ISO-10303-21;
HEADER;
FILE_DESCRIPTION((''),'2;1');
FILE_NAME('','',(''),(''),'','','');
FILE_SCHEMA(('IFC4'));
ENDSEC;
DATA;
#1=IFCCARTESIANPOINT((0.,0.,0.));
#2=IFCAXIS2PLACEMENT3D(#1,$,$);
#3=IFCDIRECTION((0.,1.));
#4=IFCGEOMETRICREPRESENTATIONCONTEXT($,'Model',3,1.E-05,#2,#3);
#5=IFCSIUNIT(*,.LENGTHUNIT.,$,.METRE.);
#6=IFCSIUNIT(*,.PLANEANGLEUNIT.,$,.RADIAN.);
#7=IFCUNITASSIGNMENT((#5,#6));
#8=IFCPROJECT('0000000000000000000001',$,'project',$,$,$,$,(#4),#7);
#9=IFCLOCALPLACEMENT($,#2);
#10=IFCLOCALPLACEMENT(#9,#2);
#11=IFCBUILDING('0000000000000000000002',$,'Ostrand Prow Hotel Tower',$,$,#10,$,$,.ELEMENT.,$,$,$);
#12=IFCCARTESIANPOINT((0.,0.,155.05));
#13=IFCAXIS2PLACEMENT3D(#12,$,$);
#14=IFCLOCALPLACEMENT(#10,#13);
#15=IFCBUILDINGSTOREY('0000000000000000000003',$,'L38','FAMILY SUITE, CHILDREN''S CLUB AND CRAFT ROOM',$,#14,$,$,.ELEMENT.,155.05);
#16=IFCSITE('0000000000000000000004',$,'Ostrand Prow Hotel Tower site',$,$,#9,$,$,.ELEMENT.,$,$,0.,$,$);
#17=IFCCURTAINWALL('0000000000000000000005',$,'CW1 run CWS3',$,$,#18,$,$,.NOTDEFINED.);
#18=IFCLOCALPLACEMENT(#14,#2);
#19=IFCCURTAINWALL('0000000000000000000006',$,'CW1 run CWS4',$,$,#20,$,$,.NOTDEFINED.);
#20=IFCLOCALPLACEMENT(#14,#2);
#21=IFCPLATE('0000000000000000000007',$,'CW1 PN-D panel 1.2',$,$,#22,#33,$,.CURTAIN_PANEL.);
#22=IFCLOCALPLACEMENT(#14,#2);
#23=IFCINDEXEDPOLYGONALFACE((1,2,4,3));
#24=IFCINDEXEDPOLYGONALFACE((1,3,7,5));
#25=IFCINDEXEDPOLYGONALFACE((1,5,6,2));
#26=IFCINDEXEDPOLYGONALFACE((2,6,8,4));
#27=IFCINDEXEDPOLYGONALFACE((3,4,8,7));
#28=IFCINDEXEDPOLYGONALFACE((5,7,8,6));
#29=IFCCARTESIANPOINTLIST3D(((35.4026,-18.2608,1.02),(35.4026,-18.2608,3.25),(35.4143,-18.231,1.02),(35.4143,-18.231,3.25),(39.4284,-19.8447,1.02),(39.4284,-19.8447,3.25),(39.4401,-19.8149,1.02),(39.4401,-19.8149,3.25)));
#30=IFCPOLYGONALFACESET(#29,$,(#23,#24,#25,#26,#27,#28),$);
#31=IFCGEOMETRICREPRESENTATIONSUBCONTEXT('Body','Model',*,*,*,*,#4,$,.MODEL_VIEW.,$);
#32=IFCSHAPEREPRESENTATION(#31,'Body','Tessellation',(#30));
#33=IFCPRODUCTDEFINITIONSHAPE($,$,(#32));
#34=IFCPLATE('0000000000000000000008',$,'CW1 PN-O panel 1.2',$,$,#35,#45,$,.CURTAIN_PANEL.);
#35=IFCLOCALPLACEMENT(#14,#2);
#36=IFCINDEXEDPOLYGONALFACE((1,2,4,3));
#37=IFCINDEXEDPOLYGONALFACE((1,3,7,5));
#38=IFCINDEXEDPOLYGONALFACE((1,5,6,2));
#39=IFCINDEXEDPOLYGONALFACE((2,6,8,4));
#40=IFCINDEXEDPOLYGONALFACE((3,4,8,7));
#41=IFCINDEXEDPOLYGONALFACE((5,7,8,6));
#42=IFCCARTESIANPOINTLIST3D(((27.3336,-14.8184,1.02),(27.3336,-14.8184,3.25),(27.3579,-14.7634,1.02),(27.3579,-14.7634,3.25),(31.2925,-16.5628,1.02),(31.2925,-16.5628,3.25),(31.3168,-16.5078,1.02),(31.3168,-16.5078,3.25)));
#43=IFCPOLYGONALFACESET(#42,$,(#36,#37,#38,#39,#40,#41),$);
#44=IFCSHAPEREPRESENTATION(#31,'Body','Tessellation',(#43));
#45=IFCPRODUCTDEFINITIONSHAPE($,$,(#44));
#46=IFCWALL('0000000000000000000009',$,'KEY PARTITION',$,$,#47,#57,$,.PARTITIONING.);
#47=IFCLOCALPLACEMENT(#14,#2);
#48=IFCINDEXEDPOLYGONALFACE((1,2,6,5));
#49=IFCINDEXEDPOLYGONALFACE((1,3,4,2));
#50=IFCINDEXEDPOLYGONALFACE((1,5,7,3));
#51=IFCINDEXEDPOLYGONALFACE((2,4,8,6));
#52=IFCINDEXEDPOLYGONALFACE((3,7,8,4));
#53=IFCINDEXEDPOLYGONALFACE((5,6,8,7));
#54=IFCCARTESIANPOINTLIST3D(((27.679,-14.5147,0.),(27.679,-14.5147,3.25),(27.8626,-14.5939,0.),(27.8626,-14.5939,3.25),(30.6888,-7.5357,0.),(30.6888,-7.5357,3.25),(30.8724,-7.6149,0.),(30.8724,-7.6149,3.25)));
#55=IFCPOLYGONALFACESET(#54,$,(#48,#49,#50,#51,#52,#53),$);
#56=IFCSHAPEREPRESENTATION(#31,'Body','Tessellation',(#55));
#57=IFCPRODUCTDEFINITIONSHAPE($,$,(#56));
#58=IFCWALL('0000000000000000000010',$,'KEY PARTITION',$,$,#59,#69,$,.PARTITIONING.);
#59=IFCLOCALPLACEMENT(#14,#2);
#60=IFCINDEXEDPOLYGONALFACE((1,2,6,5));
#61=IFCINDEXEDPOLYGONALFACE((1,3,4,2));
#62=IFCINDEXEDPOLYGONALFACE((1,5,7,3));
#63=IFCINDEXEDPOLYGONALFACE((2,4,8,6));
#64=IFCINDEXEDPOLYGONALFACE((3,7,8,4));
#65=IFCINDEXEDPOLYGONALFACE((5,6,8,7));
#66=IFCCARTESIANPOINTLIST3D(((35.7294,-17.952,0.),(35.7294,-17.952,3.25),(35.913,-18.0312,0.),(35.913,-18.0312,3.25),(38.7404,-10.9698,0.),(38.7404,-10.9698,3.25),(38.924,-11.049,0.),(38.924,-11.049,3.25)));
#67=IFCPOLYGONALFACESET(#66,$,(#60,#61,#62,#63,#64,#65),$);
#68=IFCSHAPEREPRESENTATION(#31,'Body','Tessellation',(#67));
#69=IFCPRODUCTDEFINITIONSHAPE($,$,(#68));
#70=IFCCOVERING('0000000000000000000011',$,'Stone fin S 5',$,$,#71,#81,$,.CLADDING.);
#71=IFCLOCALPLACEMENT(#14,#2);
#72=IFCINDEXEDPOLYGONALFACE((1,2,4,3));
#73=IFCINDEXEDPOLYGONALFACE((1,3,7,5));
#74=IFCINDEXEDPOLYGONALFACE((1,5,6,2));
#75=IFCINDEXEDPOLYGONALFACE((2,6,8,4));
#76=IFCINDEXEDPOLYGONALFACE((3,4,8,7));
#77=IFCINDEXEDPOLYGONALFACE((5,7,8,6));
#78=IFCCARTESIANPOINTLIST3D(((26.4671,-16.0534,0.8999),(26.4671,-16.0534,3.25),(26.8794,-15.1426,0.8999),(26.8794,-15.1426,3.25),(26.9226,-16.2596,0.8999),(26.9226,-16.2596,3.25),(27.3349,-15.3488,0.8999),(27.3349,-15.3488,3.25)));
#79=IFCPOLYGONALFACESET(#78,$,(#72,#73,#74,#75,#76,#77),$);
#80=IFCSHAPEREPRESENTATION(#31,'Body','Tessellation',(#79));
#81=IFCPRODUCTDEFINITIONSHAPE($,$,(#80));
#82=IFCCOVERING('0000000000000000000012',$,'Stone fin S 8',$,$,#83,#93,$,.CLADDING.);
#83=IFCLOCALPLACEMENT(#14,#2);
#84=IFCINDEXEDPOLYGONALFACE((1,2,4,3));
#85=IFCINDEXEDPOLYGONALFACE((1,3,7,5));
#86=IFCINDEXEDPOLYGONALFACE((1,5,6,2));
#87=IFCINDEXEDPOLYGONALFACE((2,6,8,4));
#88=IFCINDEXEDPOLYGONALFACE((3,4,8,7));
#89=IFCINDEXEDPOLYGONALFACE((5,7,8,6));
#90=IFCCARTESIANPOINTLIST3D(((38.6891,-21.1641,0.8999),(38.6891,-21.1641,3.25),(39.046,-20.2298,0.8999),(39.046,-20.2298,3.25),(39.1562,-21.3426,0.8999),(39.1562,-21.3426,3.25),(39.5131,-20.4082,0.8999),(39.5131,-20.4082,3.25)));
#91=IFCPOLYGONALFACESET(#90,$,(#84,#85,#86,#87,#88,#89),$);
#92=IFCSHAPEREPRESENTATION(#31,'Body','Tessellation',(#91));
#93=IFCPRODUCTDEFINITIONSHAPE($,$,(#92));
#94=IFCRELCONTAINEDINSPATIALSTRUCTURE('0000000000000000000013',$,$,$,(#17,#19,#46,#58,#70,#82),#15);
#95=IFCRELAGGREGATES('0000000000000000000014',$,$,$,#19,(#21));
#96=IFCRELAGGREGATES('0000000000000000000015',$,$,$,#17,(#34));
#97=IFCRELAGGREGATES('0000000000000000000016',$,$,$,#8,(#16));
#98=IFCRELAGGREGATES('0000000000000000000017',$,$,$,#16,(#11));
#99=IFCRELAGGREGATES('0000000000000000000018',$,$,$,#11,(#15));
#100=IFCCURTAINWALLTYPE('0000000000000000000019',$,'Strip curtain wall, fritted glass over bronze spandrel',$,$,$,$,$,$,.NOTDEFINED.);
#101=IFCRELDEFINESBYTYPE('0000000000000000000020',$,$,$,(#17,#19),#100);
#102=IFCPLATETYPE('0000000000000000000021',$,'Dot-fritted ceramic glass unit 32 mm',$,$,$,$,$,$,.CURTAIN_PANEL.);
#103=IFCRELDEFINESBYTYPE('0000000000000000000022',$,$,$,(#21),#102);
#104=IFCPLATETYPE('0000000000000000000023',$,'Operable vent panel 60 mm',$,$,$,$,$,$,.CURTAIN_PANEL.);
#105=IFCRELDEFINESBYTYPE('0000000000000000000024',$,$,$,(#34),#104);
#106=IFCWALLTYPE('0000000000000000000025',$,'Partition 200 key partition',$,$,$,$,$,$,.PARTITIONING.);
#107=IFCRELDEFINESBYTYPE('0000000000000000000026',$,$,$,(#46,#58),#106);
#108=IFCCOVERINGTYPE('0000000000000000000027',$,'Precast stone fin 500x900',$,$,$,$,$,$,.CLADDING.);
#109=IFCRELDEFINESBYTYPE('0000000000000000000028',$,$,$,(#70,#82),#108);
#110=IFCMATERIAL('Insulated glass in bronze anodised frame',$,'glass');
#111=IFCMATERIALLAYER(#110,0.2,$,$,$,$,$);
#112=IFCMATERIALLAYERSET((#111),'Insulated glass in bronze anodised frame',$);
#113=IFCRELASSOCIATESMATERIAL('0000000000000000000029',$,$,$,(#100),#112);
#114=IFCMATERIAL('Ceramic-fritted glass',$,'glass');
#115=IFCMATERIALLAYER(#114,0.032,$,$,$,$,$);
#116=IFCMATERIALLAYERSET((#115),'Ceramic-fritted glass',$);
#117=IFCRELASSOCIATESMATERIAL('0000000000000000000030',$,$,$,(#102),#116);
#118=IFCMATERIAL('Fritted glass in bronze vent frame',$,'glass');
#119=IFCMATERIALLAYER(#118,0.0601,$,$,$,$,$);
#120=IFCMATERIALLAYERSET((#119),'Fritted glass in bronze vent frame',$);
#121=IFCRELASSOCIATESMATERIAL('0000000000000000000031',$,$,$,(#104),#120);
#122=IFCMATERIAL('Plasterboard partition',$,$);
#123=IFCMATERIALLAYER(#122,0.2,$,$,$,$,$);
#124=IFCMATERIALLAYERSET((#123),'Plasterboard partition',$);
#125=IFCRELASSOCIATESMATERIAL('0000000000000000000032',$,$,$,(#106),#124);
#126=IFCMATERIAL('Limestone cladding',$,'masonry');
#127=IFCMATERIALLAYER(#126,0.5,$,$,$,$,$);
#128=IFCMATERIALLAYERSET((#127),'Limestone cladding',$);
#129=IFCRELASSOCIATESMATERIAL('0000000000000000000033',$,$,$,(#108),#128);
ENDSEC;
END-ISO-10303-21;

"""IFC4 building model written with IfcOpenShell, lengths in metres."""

from ifc_helpers import new_model, si_unit, direction, frame, frame_2d, origin, origin_2d, place, context, subcontext, project, spatial, rectangle, extrude, material, layer, layer_set, type_object, element, aggregate, save


model = new_model("IFC4")

# Units and contexts
model_context = context("Model", 3, precision=1e-05, world=origin(), true_north=direction((0.0, 1.0)))
body_context = subcontext(model_context, "Body", "Model", "MODEL_VIEW")
ifc_project = project(units=[si_unit("LENGTHUNIT", "METRE"), si_unit("PLANEANGLEUNIT", "RADIAN")], contexts=[model_context])

# Site, building, storey
site_placement = place(None, origin())
site = spatial("IfcSite", under=ifc_project, at=site_placement, Name="Ostrand Prow Hotel Tower site", CompositionType="ELEMENT", RefElevation=0.0)
building_placement = place(site_placement, origin())
building = spatial("IfcBuilding", under=site, at=building_placement, Name="Ostrand Prow Hotel Tower", CompositionType="ELEMENT")
storey_placement = place(building_placement, frame((0.0, 0.0, 155.05)))
storey = spatial("IfcBuildingStorey", under=building, at=storey_placement, Name="L38", Description="FAMILY SUITE, CHILDREN'S CLUB AND CRAFT ROOM", CompositionType="ELEMENT", Elevation=155.05)

# Shared definitions
ifc_material_1 = material(Name="Insulated glass in bronze anodised frame", Category="glass")
ifc_layer_1 = layer(ifc_material_1, 0.2)
ifc_layer_set_1 = layer_set([ifc_layer_1], Name="Insulated glass in bronze anodised frame")
curtain_wall_type = type_object("IfcCurtainWallType", Name="Strip curtain wall, fritted glass over bronze spandrel", PredefinedType="NOTDEFINED", material=ifc_layer_set_1)

# Curtain wall
curtain_wall_1_placement = place(storey_placement, origin())
curtain_wall_1 = element("IfcCurtainWall", 1, at=curtain_wall_1_placement, inside=storey, type_object=curtain_wall_type, Name="CW1 run CWS3", PredefinedType="NOTDEFINED")

# Curtain wall
curtain_wall_2_placement = place(storey_placement, origin())
curtain_wall_2 = element("IfcCurtainWall", 2, at=curtain_wall_2_placement, inside=storey, type_object=curtain_wall_type, Name="CW1 run CWS4", PredefinedType="NOTDEFINED")

# Plates
ifc_material_2 = material(Name="Ceramic-fritted glass", Category="glass")
ifc_layer_2 = layer(ifc_material_2, 0.032)
ifc_layer_set_2 = layer_set([ifc_layer_2], Name="Ceramic-fritted glass")
plate_type_1 = type_object("IfcPlateType", Name="Dot-fritted ceramic glass unit 32 mm", PredefinedType="CURTAIN_PANEL", material=ifc_layer_set_2)
plate_1_placement = place(storey_placement, frame((37.4214, -19.0378, 1.02), z_axis=(0.0, 0.0, 1.0), x_axis=(0.930569, -0.366116, 0.0)))
plate_1 = element("IfcPlate", 3, at=plate_1_placement, type_object=plate_type_1, Name="CW1 PN-D panel 1.2", PredefinedType="CURTAIN_PANEL", context=body_context, shape_type="SweptSolid", body=[
    extrude(rectangle(XDim=4.3262, YDim=0.032, at=origin_2d()), origin(), (0.0, 0.0, 1.0), 2.23),
])
aggregate(curtain_wall_2, [plate_1])
ifc_material_3 = material(Name="Fritted glass in bronze vent frame", Category="glass")
ifc_layer_3 = layer(ifc_material_3, 0.0601)
ifc_layer_set_3 = layer_set([ifc_layer_3], Name="Fritted glass in bronze vent frame")
plate_type_2 = type_object("IfcPlateType", Name="Operable vent panel 60 mm", PredefinedType="CURTAIN_PANEL", material=ifc_layer_set_3)
plate_2_placement = place(storey_placement, frame((29.3252, -15.6631, 1.02), z_axis=(0.0, 0.0, 1.0), x_axis=(0.915106, -0.403213, 0.0)))
plate_2 = element("IfcPlate", 4, at=plate_2_placement, type_object=plate_type_2, Name="CW1 PN-O panel 1.2", PredefinedType="CURTAIN_PANEL", context=body_context, shape_type="SweptSolid", body=[
    extrude(rectangle(XDim=4.3262, YDim=0.0601, at=origin_2d()), origin(), (0.0, 0.0, 1.0), 2.23),
])
aggregate(curtain_wall_1, [plate_2])

# Walls
ifc_material_4 = material(Name="Plasterboard partition")
ifc_layer_4 = layer(ifc_material_4, 0.2)
ifc_layer_set_4 = layer_set([ifc_layer_4], Name="Plasterboard partition")
wall_type = type_object("IfcWallType", Name="Partition 200 key partition", PredefinedType="PARTITIONING", material=ifc_layer_set_4)
wall_1_placement = place(storey_placement, frame((27.7708, -14.5544, 0.0), z_axis=(0.0, 0.0, 1.0), x_axis=(0.396004, 0.918249, 0.0)))
element("IfcWall", 5, at=wall_1_placement, inside=storey, type_object=wall_type, Name="KEY PARTITION", PredefinedType="PARTITIONING", context=body_context, shape_type="SweptSolid", body=[
    extrude(rectangle(XDim=7.6003, YDim=0.2, at=frame_2d((3.8003, 0.0))), origin(), (0.0, 0.0, 1.0), 3.25),
])
wall_2_placement = place(storey_placement, frame((35.8213, -17.9915, 0.0), z_axis=(0.0, 0.0, 1.0), x_axis=(0.395988, 0.918256, 0.0)))
element("IfcWall", 6, at=wall_2_placement, inside=storey, type_object=wall_type, Name="KEY PARTITION", PredefinedType="PARTITIONING", context=body_context, shape_type="SweptSolid", body=[
    extrude(rectangle(XDim=7.6038, YDim=0.2, at=frame_2d((3.8018, 0.0))), origin(), (0.0, 0.0, 1.0), 3.25),
])

# Coverings
ifc_material_5 = material(Name="Limestone cladding", Category="masonry")
ifc_layer_5 = layer(ifc_material_5, 0.5)
ifc_layer_set_5 = layer_set([ifc_layer_5], Name="Limestone cladding")
covering_type = type_object("IfcCoveringType", Name="Precast stone fin 500x900", PredefinedType="CLADDING", material=ifc_layer_set_5)
covering_1_placement = place(storey_placement, frame((27.1072, -15.2456, 0.8999), z_axis=(0.0, 0.0, 1.0), x_axis=(-0.412404, -0.911001, 0.0)))
element("IfcCovering", 7, at=covering_1_placement, inside=storey, type_object=covering_type, Name="Stone fin S 5", PredefinedType="CLADDING", context=body_context, shape_type="SweptSolid", body=[
    extrude(rectangle(XDim=0.9998, YDim=0.5, at=frame_2d((0.5, 0.0))), origin(), (0.0, 0.0, 1.0), 2.3501),
])
covering_2_placement = place(storey_placement, frame((39.2795, -20.3191, 0.8999), z_axis=(0.0, 0.0, 1.0), x_axis=(-0.356868, -0.934155, 0.0)))
element("IfcCovering", 8, at=covering_2_placement, inside=storey, type_object=covering_type, Name="Stone fin S 8", PredefinedType="CLADDING", context=body_context, shape_type="SweptSolid", body=[
    extrude(rectangle(XDim=1.0002, YDim=0.5, at=frame_2d((0.5, 0.0))), origin(), (0.0, 0.0, 1.0), 2.3501),
])

save(model, "model.ifc")
